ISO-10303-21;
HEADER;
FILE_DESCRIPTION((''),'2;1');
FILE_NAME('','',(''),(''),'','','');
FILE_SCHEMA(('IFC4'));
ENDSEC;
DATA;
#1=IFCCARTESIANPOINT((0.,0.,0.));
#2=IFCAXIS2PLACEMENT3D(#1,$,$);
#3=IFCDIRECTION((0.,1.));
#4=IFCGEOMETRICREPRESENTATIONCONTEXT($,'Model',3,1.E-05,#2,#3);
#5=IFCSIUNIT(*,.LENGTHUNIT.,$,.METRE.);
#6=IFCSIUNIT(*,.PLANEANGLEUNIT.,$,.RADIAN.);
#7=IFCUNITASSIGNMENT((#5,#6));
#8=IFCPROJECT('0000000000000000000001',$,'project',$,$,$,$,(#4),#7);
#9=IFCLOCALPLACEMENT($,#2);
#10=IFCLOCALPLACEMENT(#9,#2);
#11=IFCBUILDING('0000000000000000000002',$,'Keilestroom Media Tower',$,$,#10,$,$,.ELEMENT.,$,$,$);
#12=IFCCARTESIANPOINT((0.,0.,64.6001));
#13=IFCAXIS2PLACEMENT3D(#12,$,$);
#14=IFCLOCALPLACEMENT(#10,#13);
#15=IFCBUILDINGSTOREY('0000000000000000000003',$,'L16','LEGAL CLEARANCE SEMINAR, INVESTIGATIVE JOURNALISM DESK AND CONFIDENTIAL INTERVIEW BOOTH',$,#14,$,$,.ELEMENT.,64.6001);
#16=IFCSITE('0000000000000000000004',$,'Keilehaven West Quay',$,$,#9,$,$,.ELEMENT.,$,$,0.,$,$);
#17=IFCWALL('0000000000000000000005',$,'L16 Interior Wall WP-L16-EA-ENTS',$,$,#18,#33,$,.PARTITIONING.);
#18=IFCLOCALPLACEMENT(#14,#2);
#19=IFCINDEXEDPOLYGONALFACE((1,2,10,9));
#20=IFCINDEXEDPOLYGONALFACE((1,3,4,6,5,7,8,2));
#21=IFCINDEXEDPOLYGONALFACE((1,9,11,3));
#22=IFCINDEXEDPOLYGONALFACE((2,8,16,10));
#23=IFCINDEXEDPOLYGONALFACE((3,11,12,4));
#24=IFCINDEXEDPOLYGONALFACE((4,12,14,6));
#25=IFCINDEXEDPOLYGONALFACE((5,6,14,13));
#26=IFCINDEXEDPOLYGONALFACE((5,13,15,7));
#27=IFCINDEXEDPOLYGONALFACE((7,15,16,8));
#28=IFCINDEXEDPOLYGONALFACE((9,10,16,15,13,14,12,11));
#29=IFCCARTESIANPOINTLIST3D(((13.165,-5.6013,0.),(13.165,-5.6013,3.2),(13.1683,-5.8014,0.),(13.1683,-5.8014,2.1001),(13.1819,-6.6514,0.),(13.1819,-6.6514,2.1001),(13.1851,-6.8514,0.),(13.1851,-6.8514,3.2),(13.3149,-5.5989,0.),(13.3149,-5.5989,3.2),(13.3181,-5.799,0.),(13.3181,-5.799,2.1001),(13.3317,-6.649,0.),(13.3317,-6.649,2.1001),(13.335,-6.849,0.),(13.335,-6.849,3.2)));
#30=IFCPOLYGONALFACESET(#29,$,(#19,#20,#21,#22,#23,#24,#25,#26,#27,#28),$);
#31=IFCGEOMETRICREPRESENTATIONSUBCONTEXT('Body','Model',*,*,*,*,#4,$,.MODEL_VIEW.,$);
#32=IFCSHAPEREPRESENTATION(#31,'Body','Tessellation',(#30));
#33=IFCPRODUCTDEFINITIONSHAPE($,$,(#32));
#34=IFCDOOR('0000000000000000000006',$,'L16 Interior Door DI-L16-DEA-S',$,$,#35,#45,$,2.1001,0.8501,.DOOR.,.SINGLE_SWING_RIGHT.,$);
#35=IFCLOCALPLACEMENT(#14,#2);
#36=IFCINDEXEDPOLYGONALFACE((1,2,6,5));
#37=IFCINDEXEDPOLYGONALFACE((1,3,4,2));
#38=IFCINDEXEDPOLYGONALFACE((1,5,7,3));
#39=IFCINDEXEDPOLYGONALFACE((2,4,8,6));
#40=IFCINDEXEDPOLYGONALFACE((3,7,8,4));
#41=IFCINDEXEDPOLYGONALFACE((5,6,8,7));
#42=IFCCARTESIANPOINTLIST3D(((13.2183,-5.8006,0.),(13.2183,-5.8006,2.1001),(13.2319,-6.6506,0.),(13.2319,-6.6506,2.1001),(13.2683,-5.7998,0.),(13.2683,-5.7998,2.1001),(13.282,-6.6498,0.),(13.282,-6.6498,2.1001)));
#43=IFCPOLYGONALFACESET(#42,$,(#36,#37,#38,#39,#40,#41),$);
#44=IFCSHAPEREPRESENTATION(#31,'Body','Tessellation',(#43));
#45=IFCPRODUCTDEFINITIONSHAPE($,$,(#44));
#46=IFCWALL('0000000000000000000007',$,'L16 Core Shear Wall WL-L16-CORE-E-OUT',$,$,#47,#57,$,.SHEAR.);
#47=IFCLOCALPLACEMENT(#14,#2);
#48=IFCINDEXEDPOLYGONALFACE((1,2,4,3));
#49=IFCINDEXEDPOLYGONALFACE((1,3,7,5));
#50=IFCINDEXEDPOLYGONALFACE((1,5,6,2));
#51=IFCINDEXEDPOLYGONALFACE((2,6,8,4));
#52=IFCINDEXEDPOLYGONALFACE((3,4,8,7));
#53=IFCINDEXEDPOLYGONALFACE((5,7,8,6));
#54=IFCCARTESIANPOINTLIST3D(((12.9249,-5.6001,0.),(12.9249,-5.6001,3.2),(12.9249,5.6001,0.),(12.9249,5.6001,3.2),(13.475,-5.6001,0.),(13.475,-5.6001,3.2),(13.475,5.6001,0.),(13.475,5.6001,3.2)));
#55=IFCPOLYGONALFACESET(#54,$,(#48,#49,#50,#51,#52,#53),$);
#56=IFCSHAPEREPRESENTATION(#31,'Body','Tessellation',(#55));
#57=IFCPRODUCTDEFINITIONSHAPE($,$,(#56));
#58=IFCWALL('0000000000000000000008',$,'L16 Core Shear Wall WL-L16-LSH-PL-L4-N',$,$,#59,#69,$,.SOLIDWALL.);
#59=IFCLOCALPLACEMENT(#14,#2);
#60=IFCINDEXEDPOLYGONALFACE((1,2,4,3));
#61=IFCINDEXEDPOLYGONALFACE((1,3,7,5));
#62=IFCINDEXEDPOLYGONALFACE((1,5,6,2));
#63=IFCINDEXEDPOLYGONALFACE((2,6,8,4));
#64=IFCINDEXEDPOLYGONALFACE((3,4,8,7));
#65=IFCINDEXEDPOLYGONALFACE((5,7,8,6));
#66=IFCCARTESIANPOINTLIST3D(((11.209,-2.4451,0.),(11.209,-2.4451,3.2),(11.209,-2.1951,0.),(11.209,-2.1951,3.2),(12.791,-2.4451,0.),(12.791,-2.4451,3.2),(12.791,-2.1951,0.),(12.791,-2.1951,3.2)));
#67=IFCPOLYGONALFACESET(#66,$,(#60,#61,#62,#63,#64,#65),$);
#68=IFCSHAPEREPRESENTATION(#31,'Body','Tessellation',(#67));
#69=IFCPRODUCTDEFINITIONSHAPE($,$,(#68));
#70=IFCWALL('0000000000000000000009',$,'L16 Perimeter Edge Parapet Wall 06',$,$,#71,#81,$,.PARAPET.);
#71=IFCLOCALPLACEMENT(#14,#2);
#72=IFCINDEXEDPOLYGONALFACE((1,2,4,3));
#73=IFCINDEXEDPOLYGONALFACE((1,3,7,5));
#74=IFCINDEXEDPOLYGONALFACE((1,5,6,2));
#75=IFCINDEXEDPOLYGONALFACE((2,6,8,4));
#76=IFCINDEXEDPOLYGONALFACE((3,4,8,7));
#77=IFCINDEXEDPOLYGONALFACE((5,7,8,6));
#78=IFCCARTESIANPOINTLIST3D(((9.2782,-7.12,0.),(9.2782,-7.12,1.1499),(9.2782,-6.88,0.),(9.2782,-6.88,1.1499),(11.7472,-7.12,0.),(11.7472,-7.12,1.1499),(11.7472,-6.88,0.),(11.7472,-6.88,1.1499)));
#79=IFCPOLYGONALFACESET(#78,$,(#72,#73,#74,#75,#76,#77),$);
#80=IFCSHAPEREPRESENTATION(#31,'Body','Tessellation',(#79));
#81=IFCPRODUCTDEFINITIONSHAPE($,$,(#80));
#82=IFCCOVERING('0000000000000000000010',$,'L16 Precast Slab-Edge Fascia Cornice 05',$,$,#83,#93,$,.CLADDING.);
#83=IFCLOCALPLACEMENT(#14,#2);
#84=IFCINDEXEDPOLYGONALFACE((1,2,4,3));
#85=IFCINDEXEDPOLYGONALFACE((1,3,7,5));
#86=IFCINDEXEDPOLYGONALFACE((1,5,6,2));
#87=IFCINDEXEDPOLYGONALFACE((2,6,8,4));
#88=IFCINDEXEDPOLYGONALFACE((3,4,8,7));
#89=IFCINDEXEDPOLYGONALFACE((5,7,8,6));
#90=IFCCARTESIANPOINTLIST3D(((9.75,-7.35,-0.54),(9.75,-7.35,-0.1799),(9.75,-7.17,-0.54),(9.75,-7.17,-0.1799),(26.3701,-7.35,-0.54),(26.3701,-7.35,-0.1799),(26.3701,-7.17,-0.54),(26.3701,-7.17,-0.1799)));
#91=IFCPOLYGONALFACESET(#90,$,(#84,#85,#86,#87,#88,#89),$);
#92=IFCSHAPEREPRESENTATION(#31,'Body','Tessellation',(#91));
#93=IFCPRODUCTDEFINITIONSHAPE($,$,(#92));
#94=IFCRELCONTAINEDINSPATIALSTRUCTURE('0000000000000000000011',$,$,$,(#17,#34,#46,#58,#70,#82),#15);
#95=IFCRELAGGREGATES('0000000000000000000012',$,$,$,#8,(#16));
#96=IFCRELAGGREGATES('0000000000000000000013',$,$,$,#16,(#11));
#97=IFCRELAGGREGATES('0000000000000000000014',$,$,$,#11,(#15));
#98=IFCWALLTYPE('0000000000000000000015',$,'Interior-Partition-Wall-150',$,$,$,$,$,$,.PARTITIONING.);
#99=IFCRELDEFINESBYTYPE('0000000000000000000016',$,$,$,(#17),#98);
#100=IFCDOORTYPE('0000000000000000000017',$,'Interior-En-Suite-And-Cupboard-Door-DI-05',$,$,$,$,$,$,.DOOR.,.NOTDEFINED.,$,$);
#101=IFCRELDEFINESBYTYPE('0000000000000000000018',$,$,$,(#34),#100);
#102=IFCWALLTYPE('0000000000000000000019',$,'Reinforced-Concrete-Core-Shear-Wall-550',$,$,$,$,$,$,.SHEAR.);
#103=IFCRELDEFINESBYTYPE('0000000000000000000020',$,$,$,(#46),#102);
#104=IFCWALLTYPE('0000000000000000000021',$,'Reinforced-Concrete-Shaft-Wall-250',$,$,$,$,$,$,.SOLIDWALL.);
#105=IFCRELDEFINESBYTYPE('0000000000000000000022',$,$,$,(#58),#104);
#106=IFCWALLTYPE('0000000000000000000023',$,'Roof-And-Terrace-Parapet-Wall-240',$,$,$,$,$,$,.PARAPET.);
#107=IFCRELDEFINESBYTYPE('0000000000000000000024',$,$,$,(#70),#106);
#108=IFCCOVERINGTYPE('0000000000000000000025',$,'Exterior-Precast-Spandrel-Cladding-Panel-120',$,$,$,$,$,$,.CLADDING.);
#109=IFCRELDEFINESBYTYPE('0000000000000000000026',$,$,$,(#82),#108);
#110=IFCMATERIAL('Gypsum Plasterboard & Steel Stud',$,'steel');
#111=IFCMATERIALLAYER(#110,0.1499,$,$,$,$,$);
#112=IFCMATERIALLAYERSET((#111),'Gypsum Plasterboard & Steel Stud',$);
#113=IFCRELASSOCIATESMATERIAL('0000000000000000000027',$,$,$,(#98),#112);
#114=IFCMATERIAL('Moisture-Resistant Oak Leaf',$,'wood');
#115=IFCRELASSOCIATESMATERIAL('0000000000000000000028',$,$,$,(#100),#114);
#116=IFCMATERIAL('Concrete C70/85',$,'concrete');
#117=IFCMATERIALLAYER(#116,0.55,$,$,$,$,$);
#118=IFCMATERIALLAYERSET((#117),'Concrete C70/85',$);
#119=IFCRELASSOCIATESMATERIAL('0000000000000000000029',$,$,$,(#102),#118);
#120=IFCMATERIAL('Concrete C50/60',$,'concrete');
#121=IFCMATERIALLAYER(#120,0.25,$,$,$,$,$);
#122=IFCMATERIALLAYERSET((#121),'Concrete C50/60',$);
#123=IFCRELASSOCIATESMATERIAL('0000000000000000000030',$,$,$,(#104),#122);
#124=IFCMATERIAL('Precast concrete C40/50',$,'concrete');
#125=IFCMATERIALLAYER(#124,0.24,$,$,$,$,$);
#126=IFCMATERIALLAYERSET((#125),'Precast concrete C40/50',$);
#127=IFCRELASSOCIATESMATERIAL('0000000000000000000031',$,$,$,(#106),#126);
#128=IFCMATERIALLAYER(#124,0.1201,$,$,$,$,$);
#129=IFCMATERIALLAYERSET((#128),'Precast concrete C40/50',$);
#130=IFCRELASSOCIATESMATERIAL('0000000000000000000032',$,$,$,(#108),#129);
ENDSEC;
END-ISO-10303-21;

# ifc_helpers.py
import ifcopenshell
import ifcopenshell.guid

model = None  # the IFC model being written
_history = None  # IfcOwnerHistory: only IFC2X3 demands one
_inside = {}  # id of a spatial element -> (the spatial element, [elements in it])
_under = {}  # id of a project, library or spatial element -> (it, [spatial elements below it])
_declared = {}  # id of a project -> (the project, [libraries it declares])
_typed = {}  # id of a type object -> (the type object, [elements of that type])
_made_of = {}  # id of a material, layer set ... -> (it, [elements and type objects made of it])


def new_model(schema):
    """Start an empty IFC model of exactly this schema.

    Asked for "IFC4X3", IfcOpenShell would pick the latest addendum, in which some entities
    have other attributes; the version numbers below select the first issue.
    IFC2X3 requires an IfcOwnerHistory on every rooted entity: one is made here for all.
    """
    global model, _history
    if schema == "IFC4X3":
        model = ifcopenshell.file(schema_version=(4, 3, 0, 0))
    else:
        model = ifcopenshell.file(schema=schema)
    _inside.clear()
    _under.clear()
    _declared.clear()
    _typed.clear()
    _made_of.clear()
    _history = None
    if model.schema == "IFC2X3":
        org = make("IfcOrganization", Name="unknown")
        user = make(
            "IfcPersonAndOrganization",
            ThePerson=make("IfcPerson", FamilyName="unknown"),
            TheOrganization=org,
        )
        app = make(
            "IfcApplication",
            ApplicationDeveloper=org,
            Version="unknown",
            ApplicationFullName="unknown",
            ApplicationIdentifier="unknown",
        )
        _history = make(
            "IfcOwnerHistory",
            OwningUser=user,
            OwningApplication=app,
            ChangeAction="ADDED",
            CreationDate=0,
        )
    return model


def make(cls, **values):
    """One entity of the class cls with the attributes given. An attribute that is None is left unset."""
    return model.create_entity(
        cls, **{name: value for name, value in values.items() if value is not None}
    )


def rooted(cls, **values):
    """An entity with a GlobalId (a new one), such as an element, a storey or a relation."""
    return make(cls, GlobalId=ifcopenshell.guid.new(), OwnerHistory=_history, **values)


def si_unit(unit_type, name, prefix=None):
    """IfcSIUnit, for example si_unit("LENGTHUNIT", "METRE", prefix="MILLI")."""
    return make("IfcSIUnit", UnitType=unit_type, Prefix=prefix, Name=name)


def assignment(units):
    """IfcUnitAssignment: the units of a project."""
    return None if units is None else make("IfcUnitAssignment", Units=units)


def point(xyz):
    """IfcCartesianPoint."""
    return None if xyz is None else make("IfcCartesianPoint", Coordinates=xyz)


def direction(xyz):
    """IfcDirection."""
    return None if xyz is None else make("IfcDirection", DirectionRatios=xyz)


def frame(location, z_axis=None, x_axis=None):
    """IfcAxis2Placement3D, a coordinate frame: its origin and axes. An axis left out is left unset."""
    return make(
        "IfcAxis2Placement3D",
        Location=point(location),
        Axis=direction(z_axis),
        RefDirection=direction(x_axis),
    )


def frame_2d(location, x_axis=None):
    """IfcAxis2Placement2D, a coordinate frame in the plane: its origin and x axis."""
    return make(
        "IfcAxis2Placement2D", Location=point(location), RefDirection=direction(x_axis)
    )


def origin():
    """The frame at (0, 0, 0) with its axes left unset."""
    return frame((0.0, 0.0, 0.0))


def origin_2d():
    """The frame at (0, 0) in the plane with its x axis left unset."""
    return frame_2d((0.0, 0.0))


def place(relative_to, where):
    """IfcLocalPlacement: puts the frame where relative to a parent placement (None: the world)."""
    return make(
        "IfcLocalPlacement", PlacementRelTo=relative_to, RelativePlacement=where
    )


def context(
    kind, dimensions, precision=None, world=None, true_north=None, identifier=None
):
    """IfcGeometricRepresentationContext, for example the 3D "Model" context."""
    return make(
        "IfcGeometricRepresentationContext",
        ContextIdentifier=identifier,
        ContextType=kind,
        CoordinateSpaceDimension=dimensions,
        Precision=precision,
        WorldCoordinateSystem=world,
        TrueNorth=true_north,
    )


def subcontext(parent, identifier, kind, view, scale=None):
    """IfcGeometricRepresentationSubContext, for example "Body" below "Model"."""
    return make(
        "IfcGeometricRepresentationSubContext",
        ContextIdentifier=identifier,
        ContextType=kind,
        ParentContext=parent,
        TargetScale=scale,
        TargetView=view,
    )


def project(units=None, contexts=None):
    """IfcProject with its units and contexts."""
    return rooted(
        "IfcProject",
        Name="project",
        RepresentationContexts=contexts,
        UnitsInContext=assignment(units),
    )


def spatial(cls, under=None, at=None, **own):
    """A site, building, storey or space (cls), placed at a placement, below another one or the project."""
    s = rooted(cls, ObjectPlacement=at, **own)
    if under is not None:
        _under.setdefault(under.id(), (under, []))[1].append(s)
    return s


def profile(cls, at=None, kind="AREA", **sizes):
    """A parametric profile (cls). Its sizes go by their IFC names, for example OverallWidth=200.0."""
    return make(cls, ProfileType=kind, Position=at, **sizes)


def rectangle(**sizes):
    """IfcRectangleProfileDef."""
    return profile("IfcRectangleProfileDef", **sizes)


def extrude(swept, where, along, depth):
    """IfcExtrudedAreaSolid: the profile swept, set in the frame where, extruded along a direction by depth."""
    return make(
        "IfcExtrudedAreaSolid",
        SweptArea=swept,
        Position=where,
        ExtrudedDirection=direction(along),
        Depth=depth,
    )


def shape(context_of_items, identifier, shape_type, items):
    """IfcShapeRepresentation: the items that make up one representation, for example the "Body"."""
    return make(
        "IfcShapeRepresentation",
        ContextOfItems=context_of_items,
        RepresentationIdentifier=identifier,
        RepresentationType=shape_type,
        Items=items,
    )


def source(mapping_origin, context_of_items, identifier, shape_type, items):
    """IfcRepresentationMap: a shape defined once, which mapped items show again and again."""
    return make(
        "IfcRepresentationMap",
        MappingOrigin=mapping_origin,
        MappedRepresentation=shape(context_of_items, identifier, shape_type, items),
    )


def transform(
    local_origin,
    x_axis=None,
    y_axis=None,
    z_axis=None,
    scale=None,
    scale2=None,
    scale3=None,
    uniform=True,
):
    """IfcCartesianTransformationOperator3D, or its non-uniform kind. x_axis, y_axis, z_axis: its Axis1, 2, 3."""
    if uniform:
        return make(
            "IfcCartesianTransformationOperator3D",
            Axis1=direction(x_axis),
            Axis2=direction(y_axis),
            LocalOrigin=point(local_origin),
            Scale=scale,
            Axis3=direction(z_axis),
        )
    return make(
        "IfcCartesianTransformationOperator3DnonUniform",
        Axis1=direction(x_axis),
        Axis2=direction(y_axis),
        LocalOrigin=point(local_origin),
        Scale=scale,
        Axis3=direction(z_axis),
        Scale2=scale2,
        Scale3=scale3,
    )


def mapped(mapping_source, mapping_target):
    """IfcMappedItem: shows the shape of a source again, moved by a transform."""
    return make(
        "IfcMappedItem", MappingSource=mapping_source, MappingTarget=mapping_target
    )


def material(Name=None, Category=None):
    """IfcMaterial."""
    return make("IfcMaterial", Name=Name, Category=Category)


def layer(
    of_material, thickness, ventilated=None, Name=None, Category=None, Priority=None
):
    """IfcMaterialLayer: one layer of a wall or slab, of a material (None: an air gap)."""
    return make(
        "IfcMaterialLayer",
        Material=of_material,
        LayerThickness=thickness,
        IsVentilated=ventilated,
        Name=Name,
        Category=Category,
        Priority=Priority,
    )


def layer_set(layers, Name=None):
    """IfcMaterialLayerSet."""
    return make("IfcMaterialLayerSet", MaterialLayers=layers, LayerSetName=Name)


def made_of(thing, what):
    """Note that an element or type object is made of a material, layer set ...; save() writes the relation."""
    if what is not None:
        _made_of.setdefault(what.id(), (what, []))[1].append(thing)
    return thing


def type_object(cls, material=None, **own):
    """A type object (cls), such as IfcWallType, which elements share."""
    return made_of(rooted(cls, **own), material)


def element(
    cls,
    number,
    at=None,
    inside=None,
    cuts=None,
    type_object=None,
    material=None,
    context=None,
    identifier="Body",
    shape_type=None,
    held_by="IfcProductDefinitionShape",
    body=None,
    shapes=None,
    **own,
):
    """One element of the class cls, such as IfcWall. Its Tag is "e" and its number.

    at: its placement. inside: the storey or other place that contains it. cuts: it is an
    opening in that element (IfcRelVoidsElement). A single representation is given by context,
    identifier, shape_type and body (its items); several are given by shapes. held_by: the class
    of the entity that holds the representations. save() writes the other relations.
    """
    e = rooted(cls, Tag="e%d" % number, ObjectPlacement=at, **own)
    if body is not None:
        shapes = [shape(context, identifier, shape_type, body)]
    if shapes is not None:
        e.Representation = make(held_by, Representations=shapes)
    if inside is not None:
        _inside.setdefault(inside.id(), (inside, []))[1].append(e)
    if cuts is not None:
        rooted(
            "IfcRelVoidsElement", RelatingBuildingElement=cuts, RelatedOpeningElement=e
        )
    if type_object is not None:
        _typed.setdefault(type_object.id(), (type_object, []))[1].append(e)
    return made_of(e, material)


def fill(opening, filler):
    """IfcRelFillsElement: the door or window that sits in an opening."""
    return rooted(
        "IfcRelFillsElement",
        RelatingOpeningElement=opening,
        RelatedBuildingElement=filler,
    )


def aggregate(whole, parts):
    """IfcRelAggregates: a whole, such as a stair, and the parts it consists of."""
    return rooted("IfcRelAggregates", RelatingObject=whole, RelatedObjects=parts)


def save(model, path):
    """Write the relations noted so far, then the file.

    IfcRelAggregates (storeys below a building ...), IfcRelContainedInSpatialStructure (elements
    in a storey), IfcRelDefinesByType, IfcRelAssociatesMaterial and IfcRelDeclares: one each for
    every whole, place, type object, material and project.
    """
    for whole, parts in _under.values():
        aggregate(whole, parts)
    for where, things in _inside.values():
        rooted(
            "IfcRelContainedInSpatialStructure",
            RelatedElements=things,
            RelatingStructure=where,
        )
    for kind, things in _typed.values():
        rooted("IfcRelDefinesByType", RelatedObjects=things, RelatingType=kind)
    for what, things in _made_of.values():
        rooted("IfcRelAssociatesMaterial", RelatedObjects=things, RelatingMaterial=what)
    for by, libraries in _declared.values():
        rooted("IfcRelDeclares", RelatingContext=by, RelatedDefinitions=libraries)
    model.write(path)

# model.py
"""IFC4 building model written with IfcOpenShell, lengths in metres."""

from ifc_helpers import new_model, si_unit, direction, frame, frame_2d, origin, origin_2d, place, context, subcontext, project, spatial, rectangle, extrude, source, transform, mapped, material, layer, layer_set, type_object, element, fill, save


model = new_model("IFC4")

# Units and contexts
model_context = context("Model", 3, precision=1e-05, world=origin(), true_north=direction((0.0, 1.0)))
body_context = subcontext(model_context, "Body", "Model", "MODEL_VIEW")
ifc_project = project(units=[si_unit("LENGTHUNIT", "METRE"), si_unit("PLANEANGLEUNIT", "RADIAN")], contexts=[model_context])

# Site, building, storey
site_placement = place(None, origin())
site = spatial("IfcSite", under=ifc_project, at=site_placement, Name="Keilehaven West Quay", CompositionType="ELEMENT", RefElevation=0.0)
building_placement = place(site_placement, origin())
building = spatial("IfcBuilding", under=site, at=building_placement, Name="Keilestroom Media Tower", CompositionType="ELEMENT")
storey_placement = place(building_placement, frame((0.0, 0.0, 64.6001)))
storey = spatial("IfcBuildingStorey", under=building, at=storey_placement, Name="L16", Description="LEGAL CLEARANCE SEMINAR, INVESTIGATIVE JOURNALISM DESK AND CONFIDENTIAL INTERVIEW BOOTH", CompositionType="ELEMENT", Elevation=64.6001)

# Shared definitions
ifc_material_1 = material(Name="Precast concrete C40/50", Category="concrete")

# Wall, opening, door
ifc_material_2 = material(Name="Gypsum Plasterboard & Steel Stud", Category="steel")
ifc_layer_1 = layer(ifc_material_2, 0.1499)
ifc_layer_set_1 = layer_set([ifc_layer_1], Name="Gypsum Plasterboard & Steel Stud")
wall_type_1 = type_object("IfcWallType", Name="Interior-Partition-Wall-150", PredefinedType="PARTITIONING", material=ifc_layer_set_1)
wall_1_placement = place(storey_placement, frame((13.26, -6.8501, 0.0), z_axis=(0.0, 0.0, 1.0), x_axis=(-0.016014, 0.999872, 0.0)))
wall_1 = element("IfcWall", 1, at=wall_1_placement, inside=storey, type_object=wall_type_1, Name="L16 Interior Wall WP-L16-EA-ENTS", PredefinedType="PARTITIONING", context=body_context, shape_type="SweptSolid", body=[
    extrude(rectangle(XDim=1.2502, YDim=0.1499, at=frame_2d((0.625, 0.0))), origin(), (0.0, 0.0, 1.0), 3.2),
])
opening_placement = place(wall_1_placement, frame((0.2, 0.0, 0.0)))
opening = element("IfcOpeningElement", 2, at=opening_placement, cuts=wall_1, PredefinedType="OPENING", context=body_context, shape_type="SweptSolid", body=[
    extrude(rectangle(XDim=0.8501, YDim=2.1001, at=frame_2d((0.425, 1.05))), frame((0.0, 0.085, 0.0), z_axis=(0.0, -1.0, 0.0), x_axis=(1.0, 0.0, 0.0)), (0.0, 0.0, 1.0), 0.1699),
])
ifc_material_3 = material(Name="Moisture-Resistant Oak Leaf", Category="wood")
door_type = type_object("IfcDoorType", Name="Interior-En-Suite-And-Cupboard-Door-DI-05", OperationType="NOTDEFINED", PredefinedType="DOOR", material=ifc_material_3)
shared_shape_1 = source(origin(), body_context, "Body", "SweptSolid", [
    extrude(rectangle(XDim=0.8501, YDim=2.1001, at=frame_2d((0.425, 1.05))), frame((0.0, 0.0249, 0.0), z_axis=(0.0, -1.0, 0.0), x_axis=(1.0, 0.0, 0.0)), (0.0, 0.0, 1.0), 0.05),
])
door_placement = place(opening_placement, origin())
door = element("IfcDoor", 3, at=door_placement, inside=storey, type_object=door_type, Name="L16 Interior Door DI-L16-DEA-S", OperationType="SINGLE_SWING_RIGHT", OverallHeight=2.1001, OverallWidth=0.8501, PredefinedType="DOOR", context=body_context, shape_type="MappedRepresentation", body=[
    mapped(shared_shape_1, transform((0.0, 0.0, 0.0), x_axis=(1.0, 0.0, 0.0), y_axis=(0.0, 1.0, 0.0), z_axis=(0.0, 0.0, 1.0), scale=1.0)),
])
fill(opening, door)

# Walls
ifc_material_4 = material(Name="Concrete C70/85", Category="concrete")
ifc_layer_2 = layer(ifc_material_4, 0.55)
ifc_layer_set_2 = layer_set([ifc_layer_2], Name="Concrete C70/85")
wall_type_2 = type_object("IfcWallType", Name="Reinforced-Concrete-Core-Shear-Wall-550", PredefinedType="SHEAR", material=ifc_layer_set_2)
wall_2_placement = place(storey_placement, frame((13.2, -5.6001, 0.0), z_axis=(0.0, 0.0, 1.0), x_axis=(0.0, 1.0, 0.0)))
element("IfcWall", 4, at=wall_2_placement, inside=storey, type_object=wall_type_2, Name="L16 Core Shear Wall WL-L16-CORE-E-OUT", PredefinedType="SHEAR", context=body_context, shape_type="SweptSolid", body=[
    extrude(rectangle(XDim=11.2002, YDim=0.55, at=frame_2d((5.6001, 0.0))), origin(), (0.0, 0.0, 1.0), 3.2),
])
ifc_material_5 = material(Name="Concrete C50/60", Category="concrete")
ifc_layer_3 = layer(ifc_material_5, 0.25)
ifc_layer_set_3 = layer_set([ifc_layer_3], Name="Concrete C50/60")
wall_type_3 = type_object("IfcWallType", Name="Reinforced-Concrete-Shaft-Wall-250", PredefinedType="SOLIDWALL", material=ifc_layer_set_3)
wall_3_placement = place(storey_placement, frame((11.209, -2.3201, 0.0), z_axis=(0.0, 0.0, 1.0), x_axis=(1.0, 0.0, 0.0)))
element("IfcWall", 5, at=wall_3_placement, inside=storey, type_object=wall_type_3, Name="L16 Core Shear Wall WL-L16-LSH-PL-L4-N", PredefinedType="SOLIDWALL", context=body_context, shape_type="SweptSolid", body=[
    extrude(rectangle(XDim=1.582, YDim=0.25, at=frame_2d((0.791, 0.0))), origin(), (0.0, 0.0, 1.0), 3.2),
])
ifc_layer_4 = layer(ifc_material_1, 0.24)
ifc_layer_set_4 = layer_set([ifc_layer_4], Name="Precast concrete C40/50")
wall_type_4 = type_object("IfcWallType", Name="Roof-And-Terrace-Parapet-Wall-240", PredefinedType="PARAPET", material=ifc_layer_set_4)
wall_4_placement = place(storey_placement, frame((11.7471, -7.0, 0.0), z_axis=(0.0, 0.0, 1.0), x_axis=(-1.0, 0.0, 0.0)))
element("IfcWall", 6, at=wall_4_placement, inside=storey, type_object=wall_type_4, Name="L16 Perimeter Edge Parapet Wall 06", PredefinedType="PARAPET", context=body_context, shape_type="SweptSolid", body=[
    extrude(rectangle(XDim=2.469, YDim=0.24, at=frame_2d((1.2344, 0.0))), origin(), (0.0, 0.0, 1.0), 1.1499),
])

# Covering
ifc_layer_5 = layer(ifc_material_1, 0.1201)
ifc_layer_set_5 = layer_set([ifc_layer_5], Name="Precast concrete C40/50")
covering_type = type_object("IfcCoveringType", Name="Exterior-Precast-Spandrel-Cladding-Panel-120", PredefinedType="CLADDING", material=ifc_layer_set_5)
shared_shape_2 = source(origin(), body_context, "Body", "SweptSolid", [
    extrude(rectangle(XDim=16.6201, YDim=0.1799, at=origin_2d()), origin(), (0.0, 0.0, 1.0), 0.3601),
])
covering_placement = place(storey_placement, frame((18.0601, -7.26, -0.54), z_axis=(0.0, 0.0, 1.0), x_axis=(-1.0, 0.0, 0.0)))
element("IfcCovering", 7, at=covering_placement, inside=storey, type_object=covering_type, Name="L16 Precast Slab-Edge Fascia Cornice 05", PredefinedType="CLADDING", context=body_context, shape_type="MappedRepresentation", body=[
    mapped(shared_shape_2, transform((0.0, 0.0, 0.0), x_axis=(1.0, 0.0, 0.0), y_axis=(0.0, 1.0, 0.0), z_axis=(0.0, 0.0, 1.0), scale=1.0)),
])

save(model, "model.ifc")
